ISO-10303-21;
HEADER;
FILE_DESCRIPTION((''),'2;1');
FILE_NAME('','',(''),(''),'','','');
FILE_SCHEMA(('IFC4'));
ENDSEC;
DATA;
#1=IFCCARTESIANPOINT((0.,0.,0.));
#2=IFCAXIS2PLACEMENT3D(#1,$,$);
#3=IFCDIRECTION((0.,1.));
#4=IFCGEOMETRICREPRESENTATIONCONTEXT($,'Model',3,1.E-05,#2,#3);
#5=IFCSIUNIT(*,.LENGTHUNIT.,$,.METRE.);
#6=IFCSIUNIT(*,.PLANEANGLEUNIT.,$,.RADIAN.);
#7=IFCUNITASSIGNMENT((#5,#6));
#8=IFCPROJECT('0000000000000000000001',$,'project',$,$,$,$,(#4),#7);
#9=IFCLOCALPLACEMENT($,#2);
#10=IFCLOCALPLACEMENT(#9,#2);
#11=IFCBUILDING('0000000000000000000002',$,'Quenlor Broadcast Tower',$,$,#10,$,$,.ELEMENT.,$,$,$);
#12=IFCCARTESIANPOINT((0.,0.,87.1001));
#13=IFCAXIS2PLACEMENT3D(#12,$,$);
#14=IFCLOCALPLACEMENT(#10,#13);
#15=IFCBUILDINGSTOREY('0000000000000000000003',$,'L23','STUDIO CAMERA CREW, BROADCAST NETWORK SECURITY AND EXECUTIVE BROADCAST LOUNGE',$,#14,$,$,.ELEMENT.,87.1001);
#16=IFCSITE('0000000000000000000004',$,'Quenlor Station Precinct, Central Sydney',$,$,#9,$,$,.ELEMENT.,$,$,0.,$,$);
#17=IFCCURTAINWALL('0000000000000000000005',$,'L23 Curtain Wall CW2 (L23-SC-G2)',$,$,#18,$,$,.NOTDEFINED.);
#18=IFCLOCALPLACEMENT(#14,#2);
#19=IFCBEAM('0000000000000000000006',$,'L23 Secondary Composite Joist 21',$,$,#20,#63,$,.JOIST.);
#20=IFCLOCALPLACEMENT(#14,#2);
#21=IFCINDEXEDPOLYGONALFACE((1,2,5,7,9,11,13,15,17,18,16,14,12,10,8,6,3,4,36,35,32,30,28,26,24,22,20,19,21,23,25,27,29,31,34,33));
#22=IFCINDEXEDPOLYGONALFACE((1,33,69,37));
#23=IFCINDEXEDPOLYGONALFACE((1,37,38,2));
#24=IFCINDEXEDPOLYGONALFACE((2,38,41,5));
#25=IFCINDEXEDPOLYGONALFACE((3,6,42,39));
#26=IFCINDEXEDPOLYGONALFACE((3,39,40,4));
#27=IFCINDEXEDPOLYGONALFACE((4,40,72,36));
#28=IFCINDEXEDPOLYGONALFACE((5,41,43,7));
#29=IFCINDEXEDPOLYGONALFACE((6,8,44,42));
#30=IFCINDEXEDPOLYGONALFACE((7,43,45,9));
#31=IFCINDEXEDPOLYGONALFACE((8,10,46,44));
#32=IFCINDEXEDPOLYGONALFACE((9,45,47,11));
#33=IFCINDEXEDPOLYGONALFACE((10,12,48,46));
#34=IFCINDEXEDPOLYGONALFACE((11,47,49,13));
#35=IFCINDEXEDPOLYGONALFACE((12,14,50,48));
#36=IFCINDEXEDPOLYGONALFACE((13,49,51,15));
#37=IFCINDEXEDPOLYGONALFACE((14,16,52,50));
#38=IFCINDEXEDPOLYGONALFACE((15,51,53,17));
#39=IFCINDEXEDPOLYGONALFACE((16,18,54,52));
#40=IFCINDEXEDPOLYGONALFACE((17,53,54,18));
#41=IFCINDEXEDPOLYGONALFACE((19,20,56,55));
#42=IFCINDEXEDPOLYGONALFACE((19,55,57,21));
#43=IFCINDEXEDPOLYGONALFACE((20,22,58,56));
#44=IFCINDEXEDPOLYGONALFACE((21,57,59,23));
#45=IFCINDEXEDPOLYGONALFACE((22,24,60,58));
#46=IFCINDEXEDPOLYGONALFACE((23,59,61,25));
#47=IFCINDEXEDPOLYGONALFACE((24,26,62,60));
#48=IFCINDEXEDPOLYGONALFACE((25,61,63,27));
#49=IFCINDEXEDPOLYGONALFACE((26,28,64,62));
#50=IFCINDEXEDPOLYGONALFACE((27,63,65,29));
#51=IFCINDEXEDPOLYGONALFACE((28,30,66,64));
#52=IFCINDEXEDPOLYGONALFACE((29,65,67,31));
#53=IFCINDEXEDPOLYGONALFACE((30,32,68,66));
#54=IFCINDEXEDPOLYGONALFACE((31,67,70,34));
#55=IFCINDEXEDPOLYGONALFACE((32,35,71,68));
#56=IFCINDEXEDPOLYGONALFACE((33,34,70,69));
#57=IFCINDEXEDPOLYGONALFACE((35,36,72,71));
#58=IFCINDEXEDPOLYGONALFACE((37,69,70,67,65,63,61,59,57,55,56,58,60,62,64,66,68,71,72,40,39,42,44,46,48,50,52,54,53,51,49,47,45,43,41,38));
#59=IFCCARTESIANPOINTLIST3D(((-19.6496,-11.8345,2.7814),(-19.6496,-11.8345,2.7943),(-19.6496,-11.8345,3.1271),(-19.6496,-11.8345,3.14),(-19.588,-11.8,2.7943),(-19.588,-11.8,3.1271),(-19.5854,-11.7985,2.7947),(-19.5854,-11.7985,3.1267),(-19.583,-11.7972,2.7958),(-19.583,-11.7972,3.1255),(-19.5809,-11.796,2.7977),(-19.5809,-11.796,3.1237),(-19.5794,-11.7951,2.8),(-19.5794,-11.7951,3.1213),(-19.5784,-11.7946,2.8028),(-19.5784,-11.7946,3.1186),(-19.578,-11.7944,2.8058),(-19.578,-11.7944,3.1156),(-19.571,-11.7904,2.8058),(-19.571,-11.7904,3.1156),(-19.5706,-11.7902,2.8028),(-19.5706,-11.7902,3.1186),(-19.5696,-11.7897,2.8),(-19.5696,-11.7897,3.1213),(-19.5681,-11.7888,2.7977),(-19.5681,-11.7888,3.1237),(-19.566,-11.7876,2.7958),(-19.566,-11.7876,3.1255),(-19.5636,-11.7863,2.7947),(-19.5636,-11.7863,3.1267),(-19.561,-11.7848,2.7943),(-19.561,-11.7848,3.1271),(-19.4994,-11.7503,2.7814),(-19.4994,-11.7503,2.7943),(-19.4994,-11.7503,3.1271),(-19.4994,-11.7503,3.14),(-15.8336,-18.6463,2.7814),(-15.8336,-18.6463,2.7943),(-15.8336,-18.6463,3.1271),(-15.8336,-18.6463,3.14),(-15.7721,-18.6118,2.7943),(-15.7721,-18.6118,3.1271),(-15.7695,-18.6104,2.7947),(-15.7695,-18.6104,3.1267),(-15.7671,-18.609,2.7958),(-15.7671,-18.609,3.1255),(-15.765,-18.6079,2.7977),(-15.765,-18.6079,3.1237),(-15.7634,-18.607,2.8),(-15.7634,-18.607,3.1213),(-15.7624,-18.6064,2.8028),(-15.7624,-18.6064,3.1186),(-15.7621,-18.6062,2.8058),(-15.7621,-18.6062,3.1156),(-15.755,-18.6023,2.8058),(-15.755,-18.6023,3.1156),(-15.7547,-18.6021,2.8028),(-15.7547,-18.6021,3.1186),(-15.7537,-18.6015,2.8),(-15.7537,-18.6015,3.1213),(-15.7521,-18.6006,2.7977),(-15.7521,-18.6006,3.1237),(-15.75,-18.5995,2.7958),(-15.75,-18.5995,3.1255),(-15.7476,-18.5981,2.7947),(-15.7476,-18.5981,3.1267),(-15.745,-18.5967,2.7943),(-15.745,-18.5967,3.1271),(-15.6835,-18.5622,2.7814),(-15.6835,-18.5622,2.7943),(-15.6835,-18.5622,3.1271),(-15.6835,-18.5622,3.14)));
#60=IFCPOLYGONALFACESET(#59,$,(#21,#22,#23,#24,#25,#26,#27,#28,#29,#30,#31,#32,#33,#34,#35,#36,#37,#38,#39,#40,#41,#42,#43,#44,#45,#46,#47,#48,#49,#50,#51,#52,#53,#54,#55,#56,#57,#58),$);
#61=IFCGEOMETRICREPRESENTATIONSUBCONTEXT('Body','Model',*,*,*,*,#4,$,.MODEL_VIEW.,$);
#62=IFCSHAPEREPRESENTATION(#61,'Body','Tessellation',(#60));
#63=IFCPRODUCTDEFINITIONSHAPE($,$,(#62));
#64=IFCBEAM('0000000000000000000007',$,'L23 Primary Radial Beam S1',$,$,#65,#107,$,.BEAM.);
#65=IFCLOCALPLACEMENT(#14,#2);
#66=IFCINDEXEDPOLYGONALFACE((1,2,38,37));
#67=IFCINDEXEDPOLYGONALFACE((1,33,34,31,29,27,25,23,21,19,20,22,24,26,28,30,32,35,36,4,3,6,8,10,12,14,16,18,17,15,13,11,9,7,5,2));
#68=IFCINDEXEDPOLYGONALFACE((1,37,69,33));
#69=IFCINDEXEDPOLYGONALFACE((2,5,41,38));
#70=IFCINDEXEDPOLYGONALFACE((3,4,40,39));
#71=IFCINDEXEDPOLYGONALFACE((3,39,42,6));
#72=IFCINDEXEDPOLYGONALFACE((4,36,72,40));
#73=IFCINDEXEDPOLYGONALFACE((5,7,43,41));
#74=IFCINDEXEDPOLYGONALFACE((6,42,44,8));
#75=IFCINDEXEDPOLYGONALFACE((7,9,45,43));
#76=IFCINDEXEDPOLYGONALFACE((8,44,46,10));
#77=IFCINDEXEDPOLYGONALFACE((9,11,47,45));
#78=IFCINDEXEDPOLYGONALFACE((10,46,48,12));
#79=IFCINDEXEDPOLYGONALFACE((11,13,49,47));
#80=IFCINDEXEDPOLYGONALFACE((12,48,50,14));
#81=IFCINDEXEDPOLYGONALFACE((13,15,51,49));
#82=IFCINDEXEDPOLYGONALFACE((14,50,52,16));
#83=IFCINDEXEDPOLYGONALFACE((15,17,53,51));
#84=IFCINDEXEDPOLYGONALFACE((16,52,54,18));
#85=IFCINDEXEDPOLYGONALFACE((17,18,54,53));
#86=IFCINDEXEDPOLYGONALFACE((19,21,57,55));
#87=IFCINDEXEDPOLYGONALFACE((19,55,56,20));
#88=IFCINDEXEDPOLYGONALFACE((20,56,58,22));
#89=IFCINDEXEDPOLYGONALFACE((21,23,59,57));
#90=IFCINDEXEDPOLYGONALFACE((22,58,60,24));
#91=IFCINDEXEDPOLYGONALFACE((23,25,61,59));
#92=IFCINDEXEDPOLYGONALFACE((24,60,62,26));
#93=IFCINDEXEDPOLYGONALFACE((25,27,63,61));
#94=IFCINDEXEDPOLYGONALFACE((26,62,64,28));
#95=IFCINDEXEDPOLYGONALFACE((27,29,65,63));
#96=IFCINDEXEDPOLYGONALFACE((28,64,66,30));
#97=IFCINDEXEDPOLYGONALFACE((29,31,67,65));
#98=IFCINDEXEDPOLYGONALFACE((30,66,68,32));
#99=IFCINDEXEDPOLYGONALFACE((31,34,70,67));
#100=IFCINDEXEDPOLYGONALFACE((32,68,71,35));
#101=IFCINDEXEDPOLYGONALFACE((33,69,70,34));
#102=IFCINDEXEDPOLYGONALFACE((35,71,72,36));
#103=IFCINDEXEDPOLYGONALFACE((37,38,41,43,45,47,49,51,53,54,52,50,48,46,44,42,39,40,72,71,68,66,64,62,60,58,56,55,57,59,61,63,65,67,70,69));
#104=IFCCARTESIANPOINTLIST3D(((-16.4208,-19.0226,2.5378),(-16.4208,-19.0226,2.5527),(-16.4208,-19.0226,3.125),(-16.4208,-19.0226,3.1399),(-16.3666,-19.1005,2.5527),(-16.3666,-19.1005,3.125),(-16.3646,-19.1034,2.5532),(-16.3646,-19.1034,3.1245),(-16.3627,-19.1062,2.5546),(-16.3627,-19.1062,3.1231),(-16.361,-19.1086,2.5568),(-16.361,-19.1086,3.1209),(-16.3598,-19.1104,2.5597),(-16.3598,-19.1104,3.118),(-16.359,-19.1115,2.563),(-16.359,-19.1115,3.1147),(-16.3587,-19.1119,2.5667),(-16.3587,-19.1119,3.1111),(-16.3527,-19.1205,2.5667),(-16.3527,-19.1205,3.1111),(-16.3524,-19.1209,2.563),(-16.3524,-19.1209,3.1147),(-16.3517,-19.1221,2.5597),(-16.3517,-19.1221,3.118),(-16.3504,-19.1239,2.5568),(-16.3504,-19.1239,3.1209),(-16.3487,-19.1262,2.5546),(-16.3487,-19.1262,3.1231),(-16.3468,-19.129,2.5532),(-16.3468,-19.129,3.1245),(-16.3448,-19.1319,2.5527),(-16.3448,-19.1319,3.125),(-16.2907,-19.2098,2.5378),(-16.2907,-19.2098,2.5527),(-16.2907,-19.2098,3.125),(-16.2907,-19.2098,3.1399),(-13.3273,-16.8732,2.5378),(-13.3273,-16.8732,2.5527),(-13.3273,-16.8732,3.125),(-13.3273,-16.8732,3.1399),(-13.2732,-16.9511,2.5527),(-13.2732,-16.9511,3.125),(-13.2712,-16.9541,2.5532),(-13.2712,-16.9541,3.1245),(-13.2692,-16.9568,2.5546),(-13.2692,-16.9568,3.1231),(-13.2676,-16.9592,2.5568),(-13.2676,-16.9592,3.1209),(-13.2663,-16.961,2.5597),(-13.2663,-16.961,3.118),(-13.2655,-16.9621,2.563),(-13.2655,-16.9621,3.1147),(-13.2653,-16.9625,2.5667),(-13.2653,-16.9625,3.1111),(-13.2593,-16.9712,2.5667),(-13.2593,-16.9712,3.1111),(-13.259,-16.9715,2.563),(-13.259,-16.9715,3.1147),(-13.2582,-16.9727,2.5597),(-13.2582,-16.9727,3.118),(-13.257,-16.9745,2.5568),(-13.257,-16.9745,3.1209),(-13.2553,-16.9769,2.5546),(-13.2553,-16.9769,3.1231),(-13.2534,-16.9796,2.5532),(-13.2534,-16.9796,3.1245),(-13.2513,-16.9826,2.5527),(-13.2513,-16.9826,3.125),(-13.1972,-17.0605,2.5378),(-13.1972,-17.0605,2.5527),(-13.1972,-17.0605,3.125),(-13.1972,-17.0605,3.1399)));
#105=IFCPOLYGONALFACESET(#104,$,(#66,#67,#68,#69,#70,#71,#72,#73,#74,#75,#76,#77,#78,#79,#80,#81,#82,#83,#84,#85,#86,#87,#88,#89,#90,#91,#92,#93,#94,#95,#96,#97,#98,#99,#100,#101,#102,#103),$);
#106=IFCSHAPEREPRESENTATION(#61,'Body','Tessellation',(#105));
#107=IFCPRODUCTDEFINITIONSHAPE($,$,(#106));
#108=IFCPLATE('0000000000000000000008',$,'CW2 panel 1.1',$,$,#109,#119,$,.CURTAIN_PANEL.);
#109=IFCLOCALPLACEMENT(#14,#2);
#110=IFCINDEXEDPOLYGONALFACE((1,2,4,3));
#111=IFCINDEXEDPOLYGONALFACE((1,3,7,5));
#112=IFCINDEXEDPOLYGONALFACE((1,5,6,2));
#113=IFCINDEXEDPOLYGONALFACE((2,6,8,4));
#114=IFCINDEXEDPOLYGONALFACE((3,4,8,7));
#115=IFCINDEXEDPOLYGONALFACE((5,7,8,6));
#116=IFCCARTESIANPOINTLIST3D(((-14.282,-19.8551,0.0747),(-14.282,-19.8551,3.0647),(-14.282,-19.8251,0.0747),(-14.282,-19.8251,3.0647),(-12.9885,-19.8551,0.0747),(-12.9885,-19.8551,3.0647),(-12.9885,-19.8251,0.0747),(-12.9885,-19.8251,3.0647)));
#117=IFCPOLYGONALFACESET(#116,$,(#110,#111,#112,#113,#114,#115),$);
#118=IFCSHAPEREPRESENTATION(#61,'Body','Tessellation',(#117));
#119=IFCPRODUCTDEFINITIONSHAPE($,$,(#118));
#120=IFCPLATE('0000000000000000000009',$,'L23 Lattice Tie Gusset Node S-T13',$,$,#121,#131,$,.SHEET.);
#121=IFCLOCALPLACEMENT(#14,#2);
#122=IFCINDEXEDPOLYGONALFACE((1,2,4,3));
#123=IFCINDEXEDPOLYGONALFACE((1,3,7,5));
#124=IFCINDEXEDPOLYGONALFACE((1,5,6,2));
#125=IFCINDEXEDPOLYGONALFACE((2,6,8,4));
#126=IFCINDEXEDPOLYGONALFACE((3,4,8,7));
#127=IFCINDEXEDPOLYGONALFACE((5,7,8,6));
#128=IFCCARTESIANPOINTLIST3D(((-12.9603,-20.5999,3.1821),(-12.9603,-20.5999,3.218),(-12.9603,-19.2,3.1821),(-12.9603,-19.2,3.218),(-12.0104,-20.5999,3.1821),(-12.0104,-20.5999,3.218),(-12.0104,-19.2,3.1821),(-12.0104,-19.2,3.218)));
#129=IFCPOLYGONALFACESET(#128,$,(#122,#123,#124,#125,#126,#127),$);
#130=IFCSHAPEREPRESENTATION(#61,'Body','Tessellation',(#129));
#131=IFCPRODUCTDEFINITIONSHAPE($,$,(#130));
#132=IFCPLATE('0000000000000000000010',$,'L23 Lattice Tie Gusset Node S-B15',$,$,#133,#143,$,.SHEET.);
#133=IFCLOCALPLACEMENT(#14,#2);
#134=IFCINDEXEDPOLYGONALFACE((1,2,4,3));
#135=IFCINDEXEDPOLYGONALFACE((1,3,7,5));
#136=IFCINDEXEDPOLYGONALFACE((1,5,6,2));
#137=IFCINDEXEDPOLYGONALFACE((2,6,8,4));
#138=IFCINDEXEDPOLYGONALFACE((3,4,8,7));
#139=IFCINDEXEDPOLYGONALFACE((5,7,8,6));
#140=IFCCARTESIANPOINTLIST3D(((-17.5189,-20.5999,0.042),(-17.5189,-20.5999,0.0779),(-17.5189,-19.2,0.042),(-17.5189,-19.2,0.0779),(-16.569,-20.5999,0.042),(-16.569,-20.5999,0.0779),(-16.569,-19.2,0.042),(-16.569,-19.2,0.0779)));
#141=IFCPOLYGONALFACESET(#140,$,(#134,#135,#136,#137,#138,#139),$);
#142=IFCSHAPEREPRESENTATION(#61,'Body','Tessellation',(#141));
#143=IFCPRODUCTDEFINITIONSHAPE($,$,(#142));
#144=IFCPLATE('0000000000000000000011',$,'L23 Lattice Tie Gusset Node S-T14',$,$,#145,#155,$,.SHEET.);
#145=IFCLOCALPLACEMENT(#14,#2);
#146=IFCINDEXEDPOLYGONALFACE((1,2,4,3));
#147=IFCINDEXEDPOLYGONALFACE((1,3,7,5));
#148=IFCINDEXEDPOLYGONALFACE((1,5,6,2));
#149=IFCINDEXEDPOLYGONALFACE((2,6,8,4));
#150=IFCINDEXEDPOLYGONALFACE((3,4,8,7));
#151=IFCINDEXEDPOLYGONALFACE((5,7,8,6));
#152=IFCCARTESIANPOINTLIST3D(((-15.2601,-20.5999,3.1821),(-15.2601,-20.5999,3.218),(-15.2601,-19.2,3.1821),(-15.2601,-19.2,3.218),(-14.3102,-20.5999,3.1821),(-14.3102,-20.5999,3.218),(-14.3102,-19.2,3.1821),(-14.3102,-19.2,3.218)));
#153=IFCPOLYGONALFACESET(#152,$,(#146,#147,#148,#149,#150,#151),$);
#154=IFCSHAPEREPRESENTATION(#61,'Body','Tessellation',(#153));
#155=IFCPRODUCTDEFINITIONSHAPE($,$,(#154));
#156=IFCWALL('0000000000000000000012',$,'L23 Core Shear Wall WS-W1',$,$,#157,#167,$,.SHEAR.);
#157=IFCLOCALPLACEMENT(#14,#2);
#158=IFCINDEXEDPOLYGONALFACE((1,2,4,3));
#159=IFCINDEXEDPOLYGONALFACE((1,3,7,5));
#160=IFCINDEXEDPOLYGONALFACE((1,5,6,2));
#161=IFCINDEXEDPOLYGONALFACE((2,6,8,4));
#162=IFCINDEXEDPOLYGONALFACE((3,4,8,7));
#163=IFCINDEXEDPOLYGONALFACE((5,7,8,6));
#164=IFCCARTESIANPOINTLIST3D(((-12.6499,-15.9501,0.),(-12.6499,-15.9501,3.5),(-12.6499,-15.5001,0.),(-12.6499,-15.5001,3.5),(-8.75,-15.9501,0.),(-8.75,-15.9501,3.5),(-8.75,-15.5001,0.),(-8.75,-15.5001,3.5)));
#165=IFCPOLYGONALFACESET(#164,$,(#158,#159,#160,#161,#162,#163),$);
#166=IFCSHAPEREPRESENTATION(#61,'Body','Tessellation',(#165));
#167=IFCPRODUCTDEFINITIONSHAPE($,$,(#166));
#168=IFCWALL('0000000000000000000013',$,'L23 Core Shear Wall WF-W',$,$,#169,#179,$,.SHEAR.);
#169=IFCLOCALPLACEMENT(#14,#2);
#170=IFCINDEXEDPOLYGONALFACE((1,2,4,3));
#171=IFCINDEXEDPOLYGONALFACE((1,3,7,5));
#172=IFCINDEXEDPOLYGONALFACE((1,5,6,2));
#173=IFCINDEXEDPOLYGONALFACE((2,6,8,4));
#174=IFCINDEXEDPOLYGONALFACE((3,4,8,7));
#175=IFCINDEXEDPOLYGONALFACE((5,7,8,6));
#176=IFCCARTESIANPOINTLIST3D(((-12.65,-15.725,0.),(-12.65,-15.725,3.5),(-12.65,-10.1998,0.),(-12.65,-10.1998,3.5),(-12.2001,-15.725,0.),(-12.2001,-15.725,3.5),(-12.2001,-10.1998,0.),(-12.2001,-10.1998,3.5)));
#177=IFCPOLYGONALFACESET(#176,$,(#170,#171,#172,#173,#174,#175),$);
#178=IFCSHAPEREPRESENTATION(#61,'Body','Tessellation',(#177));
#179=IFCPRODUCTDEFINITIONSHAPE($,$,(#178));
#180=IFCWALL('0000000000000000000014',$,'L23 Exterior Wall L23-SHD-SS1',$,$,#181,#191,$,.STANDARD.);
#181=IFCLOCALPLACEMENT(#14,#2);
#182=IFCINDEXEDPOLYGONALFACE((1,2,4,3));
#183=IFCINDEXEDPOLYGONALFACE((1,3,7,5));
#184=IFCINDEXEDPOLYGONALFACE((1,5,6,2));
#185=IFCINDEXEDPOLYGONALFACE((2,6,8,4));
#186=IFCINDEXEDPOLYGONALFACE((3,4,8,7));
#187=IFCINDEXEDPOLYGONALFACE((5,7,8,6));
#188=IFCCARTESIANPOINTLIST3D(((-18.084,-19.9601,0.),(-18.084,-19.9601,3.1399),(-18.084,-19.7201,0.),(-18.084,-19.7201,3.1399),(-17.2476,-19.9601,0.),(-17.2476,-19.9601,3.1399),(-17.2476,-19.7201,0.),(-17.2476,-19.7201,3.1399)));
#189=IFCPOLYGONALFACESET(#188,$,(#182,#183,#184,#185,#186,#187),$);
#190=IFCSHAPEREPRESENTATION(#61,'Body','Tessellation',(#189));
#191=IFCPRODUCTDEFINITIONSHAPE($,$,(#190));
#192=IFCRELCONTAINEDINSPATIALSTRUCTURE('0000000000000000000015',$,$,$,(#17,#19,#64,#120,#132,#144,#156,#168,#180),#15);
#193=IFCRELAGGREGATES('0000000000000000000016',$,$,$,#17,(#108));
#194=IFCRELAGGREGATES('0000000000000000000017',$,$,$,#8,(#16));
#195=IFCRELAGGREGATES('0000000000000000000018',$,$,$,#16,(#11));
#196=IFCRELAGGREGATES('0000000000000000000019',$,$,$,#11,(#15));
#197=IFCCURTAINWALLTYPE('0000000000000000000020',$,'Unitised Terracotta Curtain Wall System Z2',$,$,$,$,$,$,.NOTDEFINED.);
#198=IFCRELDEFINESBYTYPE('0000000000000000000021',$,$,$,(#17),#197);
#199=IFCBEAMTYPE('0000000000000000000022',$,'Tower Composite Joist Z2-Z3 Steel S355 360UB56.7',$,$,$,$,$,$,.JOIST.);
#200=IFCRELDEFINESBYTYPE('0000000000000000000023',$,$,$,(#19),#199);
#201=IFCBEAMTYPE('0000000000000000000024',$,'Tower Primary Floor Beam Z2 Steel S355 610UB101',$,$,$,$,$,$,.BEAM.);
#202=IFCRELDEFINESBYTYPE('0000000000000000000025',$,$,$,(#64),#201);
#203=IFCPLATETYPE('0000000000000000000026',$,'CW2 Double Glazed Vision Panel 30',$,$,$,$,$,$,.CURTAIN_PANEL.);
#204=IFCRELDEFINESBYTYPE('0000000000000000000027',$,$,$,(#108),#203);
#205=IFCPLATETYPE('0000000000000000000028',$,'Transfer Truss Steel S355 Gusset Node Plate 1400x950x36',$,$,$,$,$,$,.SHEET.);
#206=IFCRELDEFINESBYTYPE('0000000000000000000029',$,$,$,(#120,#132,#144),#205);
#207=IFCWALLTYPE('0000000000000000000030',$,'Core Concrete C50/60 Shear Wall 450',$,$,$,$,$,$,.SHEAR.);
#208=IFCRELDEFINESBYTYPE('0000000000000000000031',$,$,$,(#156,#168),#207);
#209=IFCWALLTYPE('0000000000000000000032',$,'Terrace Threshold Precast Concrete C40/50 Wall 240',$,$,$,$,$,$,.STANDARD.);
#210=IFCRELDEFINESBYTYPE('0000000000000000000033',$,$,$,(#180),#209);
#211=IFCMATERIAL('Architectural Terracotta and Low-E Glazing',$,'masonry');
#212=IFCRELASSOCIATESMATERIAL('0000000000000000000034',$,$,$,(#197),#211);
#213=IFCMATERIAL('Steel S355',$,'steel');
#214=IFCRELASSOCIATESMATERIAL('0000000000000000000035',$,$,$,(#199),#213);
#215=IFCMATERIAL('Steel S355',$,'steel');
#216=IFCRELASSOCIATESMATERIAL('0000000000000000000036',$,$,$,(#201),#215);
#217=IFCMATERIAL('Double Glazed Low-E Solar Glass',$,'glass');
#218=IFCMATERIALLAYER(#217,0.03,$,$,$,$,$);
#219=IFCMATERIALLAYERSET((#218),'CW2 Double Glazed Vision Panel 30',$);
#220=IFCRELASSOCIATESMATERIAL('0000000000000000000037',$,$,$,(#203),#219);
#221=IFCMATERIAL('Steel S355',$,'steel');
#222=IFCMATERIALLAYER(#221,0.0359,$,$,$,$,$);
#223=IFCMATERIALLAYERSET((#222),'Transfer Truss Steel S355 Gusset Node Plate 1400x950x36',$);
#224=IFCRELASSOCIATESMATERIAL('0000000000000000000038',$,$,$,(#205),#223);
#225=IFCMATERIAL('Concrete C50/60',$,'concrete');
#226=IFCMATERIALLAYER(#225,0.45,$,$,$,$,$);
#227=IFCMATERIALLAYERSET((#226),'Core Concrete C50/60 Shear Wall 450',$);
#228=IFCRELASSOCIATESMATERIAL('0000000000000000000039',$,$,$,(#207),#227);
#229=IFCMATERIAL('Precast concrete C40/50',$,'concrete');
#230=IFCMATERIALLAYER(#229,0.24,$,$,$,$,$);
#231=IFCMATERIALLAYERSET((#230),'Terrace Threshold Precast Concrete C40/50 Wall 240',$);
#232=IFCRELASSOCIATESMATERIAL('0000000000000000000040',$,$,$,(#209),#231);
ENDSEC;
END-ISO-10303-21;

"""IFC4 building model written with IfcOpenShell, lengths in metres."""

from ifc_helpers import new_model, si_unit, direction, frame, frame_2d, origin, origin_2d, place, context, subcontext, project, spatial, rectangle, i_section, extrude, material, layer, layer_set, material_profile, profile_set, type_object, element, aggregate, save


model = new_model("IFC4")

# Units and contexts
model_context = context("Model", 3, precision=1e-05, world=origin(), true_north=direction((0.0, 1.0)))
body_context = subcontext(model_context, "Body", "Model", "MODEL_VIEW")
ifc_project = project(units=[si_unit("LENGTHUNIT", "METRE"), si_unit("PLANEANGLEUNIT", "RADIAN")], contexts=[model_context])

# Site, building, storey
site_placement = place(None, origin())
site = spatial("IfcSite", under=ifc_project, at=site_placement, Name="Quenlor Station Precinct, Central Sydney", CompositionType="ELEMENT", RefElevation=0.0)
building_placement = place(site_placement, origin())
building = spatial("IfcBuilding", under=site, at=building_placement, Name="Quenlor Broadcast Tower", CompositionType="ELEMENT")
storey_placement = place(building_placement, frame((0.0, 0.0, 87.1001)))
storey = spatial("IfcBuildingStorey", under=building, at=storey_placement, Name="L23", Description="STUDIO CAMERA CREW, BROADCAST NETWORK SECURITY AND EXECUTIVE BROADCAST LOUNGE", CompositionType="ELEMENT", Elevation=87.1001)

# Curtain wall
ifc_material_1 = material(Name="Architectural Terracotta and Low-E Glazing", Category="masonry")
curtain_wall_type = type_object("IfcCurtainWallType", Name="Unitised Terracotta Curtain Wall System Z2", PredefinedType="NOTDEFINED", material=ifc_material_1)
curtain_wall_placement = place(storey_placement, origin())
curtain_wall = element("IfcCurtainWall", 1, at=curtain_wall_placement, inside=storey, type_object=curtain_wall_type, Name="L23 Curtain Wall CW2 (L23-SC-G2)", PredefinedType="NOTDEFINED")

# Beams
ifc_material_2 = material(Name="Steel S355", Category="steel")
ifc_material_profile_1 = material_profile(ifc_material_2, i_section(OverallWidth=0.1721, OverallDepth=0.3586, WebThickness=0.0081, FlangeThickness=0.0129, FilletRadius=0.0115, at=origin_2d()))
ifc_profile_set_1 = profile_set([ifc_material_profile_1], Name="Steel S355 360UB56.7")
beam_type_1 = type_object("IfcBeamType", Name="Tower Composite Joist Z2-Z3 Steel S355 360UB56.7", PredefinedType="JOIST", material=ifc_profile_set_1)
beam_1_placement = place(storey_placement, frame((-15.7585, -18.6042, 2.9607), z_axis=(-0.488733, 0.872433, 0.0), x_axis=(-0.872433, -0.488733, 0.0)))
element("IfcBeam", 2, at=beam_1_placement, inside=storey, type_object=beam_type_1, Name="L23 Secondary Composite Joist 21", PredefinedType="JOIST", context=body_context, shape_type="SweptSolid", body=[
    extrude(i_section(OverallWidth=0.1721, OverallDepth=0.3586, WebThickness=0.0081, FlangeThickness=0.0129, FilletRadius=0.0115, at=origin_2d()), origin(), (0.0, 0.0, 1.0), 7.8079),
])
ifc_material_3 = material(Name="Steel S355", Category="steel")
ifc_material_profile_2 = material_profile(ifc_material_3, i_section(OverallWidth=0.228, OverallDepth=0.6021, WebThickness=0.0105, FlangeThickness=0.0149, FilletRadius=0.0139, at=origin_2d()))
ifc_profile_set_2 = profile_set([ifc_material_profile_2], Name="Steel S355 610UB101")
beam_type_2 = type_object("IfcBeamType", Name="Tower Primary Floor Beam Z2 Steel S355 610UB101", PredefinedType="BEAM", material=ifc_profile_set_2)
beam_2_placement = place(storey_placement, frame((-16.3557, -19.1162, 2.8389), z_axis=(0.821227, 0.570601, 0.0), x_axis=(-0.570601, 0.821227, 0.0)))
element("IfcBeam", 3, at=beam_2_placement, inside=storey, type_object=beam_type_2, Name="L23 Primary Radial Beam S1", PredefinedType="BEAM", context=body_context, shape_type="SweptSolid", body=[
    extrude(i_section(OverallWidth=0.228, OverallDepth=0.6021, WebThickness=0.0105, FlangeThickness=0.0149, FilletRadius=0.0139, at=origin_2d()), origin(), (0.0, 0.0, 1.0), 3.7668),
])

# Plate
ifc_material_4 = material(Name="Double Glazed Low-E Solar Glass", Category="glass")
ifc_layer_1 = layer(ifc_material_4, 0.03)
ifc_layer_set_1 = layer_set([ifc_layer_1], Name="CW2 Double Glazed Vision Panel 30")
plate_type_1 = type_object("IfcPlateType", Name="CW2 Double Glazed Vision Panel 30", PredefinedType="CURTAIN_PANEL", material=ifc_layer_set_1)
plate_placement = place(storey_placement, frame((-13.6353, -19.8401, 0.0747), z_axis=(0.0, 0.0, 1.0), x_axis=(-1.0, 0.0, 0.0)))
plate = element("IfcPlate", 4, at=plate_placement, type_object=plate_type_1, Name="CW2 panel 1.1", PredefinedType="CURTAIN_PANEL", context=body_context, shape_type="SweptSolid", body=[
    extrude(rectangle(XDim=1.2935, YDim=0.03, at=origin_2d()), origin(), (0.0, 0.0, 1.0), 2.99),
])
aggregate(curtain_wall, [plate])

# Plates
ifc_material_5 = material(Name="Steel S355", Category="steel")
ifc_layer_2 = layer(ifc_material_5, 0.0359)
ifc_layer_set_2 = layer_set([ifc_layer_2], Name="Transfer Truss Steel S355 Gusset Node Plate 1400x950x36")
plate_type_2 = type_object("IfcPlateType", Name="Transfer Truss Steel S355 Gusset Node Plate 1400x950x36", PredefinedType="SHEET", material=ifc_layer_set_2)
for number, where, z_axis, x_axis, name in (
    (5, (-12.4854, -19.8999, 3.1821), (0.0, 0.0, 1.0), (0.0, -1.0, 0.0), "L23 Lattice Tie Gusset Node S-T13"),
    (6, (-17.0439, -19.8999, 0.042), (0.0, 0.0, 1.0), (0.0, -1.0, 0.0), "L23 Lattice Tie Gusset Node S-B15"),
    (7, (-14.7852, -19.8999, 3.1821), (0.0, 0.0, 1.0), (0.0, -1.0, 0.0), "L23 Lattice Tie Gusset Node S-T14"),
):
    element("IfcPlate", number, at=place(storey_placement, frame(where, z_axis=z_axis, x_axis=x_axis)), inside=storey, type_object=plate_type_2, Name=name, PredefinedType="SHEET", context=body_context, shape_type="SweptSolid", body=[
        extrude(rectangle(XDim=1.3999, YDim=0.95, at=origin_2d()), origin(), (0.0, 0.0, 1.0), 0.0359),
    ])

# Walls
ifc_material_6 = material(Name="Concrete C50/60", Category="concrete")
ifc_layer_3 = layer(ifc_material_6, 0.45)
ifc_layer_set_3 = layer_set([ifc_layer_3], Name="Core Concrete C50/60 Shear Wall 450")
wall_type_1 = type_object("IfcWallType", Name="Core Concrete C50/60 Shear Wall 450", PredefinedType="SHEAR", material=ifc_layer_set_3)
wall_1_placement = place(storey_placement, frame((-12.6499, -15.7251, 0.0), z_axis=(0.0, 0.0, 1.0), x_axis=(1.0, 0.0, 0.0)))
element("IfcWall", 8, at=wall_1_placement, inside=storey, type_object=wall_type_1, Name="L23 Core Shear Wall WS-W1", PredefinedType="SHEAR", context=body_context, shape_type="SweptSolid", body=[
    extrude(rectangle(XDim=3.8999, YDim=0.45, at=frame_2d((1.95, 0.0))), origin(), (0.0, 0.0, 1.0), 3.5),
])
wall_2_placement = place(storey_placement, frame((-12.425, -15.7251, 0.0), z_axis=(0.0, 0.0, 1.0), x_axis=(0.0, 1.0, 0.0)))
element("IfcWall", 9, at=wall_2_placement, inside=storey, type_object=wall_type_1, Name="L23 Core Shear Wall WF-W", PredefinedType="SHEAR", context=body_context, shape_type="SweptSolid", body=[
    extrude(rectangle(XDim=5.5251, YDim=0.45, at=frame_2d((2.7627, 0.0))), origin(), (0.0, 0.0, 1.0), 3.5),
])
ifc_material_7 = material(Name="Precast concrete C40/50", Category="concrete")
ifc_layer_4 = layer(ifc_material_7, 0.24)
ifc_layer_set_4 = layer_set([ifc_layer_4], Name="Terrace Threshold Precast Concrete C40/50 Wall 240")
wall_type_2 = type_object("IfcWallType", Name="Terrace Threshold Precast Concrete C40/50 Wall 240", PredefinedType="STANDARD", material=ifc_layer_set_4)
wall_3_placement = place(storey_placement, frame((-17.2476, -19.8401, 0.0), z_axis=(0.0, 0.0, 1.0), x_axis=(-1.0, 0.0, 0.0)))
element("IfcWall", 10, at=wall_3_placement, inside=storey, type_object=wall_type_2, Name="L23 Exterior Wall L23-SHD-SS1", PredefinedType="STANDARD", context=body_context, shape_type="SweptSolid", body=[
    extrude(rectangle(XDim=0.8364, YDim=0.24, at=frame_2d((0.4182, 0.0))), origin(), (0.0, 0.0, 1.0), 3.1399),
])

save(model, "model.ifc")
